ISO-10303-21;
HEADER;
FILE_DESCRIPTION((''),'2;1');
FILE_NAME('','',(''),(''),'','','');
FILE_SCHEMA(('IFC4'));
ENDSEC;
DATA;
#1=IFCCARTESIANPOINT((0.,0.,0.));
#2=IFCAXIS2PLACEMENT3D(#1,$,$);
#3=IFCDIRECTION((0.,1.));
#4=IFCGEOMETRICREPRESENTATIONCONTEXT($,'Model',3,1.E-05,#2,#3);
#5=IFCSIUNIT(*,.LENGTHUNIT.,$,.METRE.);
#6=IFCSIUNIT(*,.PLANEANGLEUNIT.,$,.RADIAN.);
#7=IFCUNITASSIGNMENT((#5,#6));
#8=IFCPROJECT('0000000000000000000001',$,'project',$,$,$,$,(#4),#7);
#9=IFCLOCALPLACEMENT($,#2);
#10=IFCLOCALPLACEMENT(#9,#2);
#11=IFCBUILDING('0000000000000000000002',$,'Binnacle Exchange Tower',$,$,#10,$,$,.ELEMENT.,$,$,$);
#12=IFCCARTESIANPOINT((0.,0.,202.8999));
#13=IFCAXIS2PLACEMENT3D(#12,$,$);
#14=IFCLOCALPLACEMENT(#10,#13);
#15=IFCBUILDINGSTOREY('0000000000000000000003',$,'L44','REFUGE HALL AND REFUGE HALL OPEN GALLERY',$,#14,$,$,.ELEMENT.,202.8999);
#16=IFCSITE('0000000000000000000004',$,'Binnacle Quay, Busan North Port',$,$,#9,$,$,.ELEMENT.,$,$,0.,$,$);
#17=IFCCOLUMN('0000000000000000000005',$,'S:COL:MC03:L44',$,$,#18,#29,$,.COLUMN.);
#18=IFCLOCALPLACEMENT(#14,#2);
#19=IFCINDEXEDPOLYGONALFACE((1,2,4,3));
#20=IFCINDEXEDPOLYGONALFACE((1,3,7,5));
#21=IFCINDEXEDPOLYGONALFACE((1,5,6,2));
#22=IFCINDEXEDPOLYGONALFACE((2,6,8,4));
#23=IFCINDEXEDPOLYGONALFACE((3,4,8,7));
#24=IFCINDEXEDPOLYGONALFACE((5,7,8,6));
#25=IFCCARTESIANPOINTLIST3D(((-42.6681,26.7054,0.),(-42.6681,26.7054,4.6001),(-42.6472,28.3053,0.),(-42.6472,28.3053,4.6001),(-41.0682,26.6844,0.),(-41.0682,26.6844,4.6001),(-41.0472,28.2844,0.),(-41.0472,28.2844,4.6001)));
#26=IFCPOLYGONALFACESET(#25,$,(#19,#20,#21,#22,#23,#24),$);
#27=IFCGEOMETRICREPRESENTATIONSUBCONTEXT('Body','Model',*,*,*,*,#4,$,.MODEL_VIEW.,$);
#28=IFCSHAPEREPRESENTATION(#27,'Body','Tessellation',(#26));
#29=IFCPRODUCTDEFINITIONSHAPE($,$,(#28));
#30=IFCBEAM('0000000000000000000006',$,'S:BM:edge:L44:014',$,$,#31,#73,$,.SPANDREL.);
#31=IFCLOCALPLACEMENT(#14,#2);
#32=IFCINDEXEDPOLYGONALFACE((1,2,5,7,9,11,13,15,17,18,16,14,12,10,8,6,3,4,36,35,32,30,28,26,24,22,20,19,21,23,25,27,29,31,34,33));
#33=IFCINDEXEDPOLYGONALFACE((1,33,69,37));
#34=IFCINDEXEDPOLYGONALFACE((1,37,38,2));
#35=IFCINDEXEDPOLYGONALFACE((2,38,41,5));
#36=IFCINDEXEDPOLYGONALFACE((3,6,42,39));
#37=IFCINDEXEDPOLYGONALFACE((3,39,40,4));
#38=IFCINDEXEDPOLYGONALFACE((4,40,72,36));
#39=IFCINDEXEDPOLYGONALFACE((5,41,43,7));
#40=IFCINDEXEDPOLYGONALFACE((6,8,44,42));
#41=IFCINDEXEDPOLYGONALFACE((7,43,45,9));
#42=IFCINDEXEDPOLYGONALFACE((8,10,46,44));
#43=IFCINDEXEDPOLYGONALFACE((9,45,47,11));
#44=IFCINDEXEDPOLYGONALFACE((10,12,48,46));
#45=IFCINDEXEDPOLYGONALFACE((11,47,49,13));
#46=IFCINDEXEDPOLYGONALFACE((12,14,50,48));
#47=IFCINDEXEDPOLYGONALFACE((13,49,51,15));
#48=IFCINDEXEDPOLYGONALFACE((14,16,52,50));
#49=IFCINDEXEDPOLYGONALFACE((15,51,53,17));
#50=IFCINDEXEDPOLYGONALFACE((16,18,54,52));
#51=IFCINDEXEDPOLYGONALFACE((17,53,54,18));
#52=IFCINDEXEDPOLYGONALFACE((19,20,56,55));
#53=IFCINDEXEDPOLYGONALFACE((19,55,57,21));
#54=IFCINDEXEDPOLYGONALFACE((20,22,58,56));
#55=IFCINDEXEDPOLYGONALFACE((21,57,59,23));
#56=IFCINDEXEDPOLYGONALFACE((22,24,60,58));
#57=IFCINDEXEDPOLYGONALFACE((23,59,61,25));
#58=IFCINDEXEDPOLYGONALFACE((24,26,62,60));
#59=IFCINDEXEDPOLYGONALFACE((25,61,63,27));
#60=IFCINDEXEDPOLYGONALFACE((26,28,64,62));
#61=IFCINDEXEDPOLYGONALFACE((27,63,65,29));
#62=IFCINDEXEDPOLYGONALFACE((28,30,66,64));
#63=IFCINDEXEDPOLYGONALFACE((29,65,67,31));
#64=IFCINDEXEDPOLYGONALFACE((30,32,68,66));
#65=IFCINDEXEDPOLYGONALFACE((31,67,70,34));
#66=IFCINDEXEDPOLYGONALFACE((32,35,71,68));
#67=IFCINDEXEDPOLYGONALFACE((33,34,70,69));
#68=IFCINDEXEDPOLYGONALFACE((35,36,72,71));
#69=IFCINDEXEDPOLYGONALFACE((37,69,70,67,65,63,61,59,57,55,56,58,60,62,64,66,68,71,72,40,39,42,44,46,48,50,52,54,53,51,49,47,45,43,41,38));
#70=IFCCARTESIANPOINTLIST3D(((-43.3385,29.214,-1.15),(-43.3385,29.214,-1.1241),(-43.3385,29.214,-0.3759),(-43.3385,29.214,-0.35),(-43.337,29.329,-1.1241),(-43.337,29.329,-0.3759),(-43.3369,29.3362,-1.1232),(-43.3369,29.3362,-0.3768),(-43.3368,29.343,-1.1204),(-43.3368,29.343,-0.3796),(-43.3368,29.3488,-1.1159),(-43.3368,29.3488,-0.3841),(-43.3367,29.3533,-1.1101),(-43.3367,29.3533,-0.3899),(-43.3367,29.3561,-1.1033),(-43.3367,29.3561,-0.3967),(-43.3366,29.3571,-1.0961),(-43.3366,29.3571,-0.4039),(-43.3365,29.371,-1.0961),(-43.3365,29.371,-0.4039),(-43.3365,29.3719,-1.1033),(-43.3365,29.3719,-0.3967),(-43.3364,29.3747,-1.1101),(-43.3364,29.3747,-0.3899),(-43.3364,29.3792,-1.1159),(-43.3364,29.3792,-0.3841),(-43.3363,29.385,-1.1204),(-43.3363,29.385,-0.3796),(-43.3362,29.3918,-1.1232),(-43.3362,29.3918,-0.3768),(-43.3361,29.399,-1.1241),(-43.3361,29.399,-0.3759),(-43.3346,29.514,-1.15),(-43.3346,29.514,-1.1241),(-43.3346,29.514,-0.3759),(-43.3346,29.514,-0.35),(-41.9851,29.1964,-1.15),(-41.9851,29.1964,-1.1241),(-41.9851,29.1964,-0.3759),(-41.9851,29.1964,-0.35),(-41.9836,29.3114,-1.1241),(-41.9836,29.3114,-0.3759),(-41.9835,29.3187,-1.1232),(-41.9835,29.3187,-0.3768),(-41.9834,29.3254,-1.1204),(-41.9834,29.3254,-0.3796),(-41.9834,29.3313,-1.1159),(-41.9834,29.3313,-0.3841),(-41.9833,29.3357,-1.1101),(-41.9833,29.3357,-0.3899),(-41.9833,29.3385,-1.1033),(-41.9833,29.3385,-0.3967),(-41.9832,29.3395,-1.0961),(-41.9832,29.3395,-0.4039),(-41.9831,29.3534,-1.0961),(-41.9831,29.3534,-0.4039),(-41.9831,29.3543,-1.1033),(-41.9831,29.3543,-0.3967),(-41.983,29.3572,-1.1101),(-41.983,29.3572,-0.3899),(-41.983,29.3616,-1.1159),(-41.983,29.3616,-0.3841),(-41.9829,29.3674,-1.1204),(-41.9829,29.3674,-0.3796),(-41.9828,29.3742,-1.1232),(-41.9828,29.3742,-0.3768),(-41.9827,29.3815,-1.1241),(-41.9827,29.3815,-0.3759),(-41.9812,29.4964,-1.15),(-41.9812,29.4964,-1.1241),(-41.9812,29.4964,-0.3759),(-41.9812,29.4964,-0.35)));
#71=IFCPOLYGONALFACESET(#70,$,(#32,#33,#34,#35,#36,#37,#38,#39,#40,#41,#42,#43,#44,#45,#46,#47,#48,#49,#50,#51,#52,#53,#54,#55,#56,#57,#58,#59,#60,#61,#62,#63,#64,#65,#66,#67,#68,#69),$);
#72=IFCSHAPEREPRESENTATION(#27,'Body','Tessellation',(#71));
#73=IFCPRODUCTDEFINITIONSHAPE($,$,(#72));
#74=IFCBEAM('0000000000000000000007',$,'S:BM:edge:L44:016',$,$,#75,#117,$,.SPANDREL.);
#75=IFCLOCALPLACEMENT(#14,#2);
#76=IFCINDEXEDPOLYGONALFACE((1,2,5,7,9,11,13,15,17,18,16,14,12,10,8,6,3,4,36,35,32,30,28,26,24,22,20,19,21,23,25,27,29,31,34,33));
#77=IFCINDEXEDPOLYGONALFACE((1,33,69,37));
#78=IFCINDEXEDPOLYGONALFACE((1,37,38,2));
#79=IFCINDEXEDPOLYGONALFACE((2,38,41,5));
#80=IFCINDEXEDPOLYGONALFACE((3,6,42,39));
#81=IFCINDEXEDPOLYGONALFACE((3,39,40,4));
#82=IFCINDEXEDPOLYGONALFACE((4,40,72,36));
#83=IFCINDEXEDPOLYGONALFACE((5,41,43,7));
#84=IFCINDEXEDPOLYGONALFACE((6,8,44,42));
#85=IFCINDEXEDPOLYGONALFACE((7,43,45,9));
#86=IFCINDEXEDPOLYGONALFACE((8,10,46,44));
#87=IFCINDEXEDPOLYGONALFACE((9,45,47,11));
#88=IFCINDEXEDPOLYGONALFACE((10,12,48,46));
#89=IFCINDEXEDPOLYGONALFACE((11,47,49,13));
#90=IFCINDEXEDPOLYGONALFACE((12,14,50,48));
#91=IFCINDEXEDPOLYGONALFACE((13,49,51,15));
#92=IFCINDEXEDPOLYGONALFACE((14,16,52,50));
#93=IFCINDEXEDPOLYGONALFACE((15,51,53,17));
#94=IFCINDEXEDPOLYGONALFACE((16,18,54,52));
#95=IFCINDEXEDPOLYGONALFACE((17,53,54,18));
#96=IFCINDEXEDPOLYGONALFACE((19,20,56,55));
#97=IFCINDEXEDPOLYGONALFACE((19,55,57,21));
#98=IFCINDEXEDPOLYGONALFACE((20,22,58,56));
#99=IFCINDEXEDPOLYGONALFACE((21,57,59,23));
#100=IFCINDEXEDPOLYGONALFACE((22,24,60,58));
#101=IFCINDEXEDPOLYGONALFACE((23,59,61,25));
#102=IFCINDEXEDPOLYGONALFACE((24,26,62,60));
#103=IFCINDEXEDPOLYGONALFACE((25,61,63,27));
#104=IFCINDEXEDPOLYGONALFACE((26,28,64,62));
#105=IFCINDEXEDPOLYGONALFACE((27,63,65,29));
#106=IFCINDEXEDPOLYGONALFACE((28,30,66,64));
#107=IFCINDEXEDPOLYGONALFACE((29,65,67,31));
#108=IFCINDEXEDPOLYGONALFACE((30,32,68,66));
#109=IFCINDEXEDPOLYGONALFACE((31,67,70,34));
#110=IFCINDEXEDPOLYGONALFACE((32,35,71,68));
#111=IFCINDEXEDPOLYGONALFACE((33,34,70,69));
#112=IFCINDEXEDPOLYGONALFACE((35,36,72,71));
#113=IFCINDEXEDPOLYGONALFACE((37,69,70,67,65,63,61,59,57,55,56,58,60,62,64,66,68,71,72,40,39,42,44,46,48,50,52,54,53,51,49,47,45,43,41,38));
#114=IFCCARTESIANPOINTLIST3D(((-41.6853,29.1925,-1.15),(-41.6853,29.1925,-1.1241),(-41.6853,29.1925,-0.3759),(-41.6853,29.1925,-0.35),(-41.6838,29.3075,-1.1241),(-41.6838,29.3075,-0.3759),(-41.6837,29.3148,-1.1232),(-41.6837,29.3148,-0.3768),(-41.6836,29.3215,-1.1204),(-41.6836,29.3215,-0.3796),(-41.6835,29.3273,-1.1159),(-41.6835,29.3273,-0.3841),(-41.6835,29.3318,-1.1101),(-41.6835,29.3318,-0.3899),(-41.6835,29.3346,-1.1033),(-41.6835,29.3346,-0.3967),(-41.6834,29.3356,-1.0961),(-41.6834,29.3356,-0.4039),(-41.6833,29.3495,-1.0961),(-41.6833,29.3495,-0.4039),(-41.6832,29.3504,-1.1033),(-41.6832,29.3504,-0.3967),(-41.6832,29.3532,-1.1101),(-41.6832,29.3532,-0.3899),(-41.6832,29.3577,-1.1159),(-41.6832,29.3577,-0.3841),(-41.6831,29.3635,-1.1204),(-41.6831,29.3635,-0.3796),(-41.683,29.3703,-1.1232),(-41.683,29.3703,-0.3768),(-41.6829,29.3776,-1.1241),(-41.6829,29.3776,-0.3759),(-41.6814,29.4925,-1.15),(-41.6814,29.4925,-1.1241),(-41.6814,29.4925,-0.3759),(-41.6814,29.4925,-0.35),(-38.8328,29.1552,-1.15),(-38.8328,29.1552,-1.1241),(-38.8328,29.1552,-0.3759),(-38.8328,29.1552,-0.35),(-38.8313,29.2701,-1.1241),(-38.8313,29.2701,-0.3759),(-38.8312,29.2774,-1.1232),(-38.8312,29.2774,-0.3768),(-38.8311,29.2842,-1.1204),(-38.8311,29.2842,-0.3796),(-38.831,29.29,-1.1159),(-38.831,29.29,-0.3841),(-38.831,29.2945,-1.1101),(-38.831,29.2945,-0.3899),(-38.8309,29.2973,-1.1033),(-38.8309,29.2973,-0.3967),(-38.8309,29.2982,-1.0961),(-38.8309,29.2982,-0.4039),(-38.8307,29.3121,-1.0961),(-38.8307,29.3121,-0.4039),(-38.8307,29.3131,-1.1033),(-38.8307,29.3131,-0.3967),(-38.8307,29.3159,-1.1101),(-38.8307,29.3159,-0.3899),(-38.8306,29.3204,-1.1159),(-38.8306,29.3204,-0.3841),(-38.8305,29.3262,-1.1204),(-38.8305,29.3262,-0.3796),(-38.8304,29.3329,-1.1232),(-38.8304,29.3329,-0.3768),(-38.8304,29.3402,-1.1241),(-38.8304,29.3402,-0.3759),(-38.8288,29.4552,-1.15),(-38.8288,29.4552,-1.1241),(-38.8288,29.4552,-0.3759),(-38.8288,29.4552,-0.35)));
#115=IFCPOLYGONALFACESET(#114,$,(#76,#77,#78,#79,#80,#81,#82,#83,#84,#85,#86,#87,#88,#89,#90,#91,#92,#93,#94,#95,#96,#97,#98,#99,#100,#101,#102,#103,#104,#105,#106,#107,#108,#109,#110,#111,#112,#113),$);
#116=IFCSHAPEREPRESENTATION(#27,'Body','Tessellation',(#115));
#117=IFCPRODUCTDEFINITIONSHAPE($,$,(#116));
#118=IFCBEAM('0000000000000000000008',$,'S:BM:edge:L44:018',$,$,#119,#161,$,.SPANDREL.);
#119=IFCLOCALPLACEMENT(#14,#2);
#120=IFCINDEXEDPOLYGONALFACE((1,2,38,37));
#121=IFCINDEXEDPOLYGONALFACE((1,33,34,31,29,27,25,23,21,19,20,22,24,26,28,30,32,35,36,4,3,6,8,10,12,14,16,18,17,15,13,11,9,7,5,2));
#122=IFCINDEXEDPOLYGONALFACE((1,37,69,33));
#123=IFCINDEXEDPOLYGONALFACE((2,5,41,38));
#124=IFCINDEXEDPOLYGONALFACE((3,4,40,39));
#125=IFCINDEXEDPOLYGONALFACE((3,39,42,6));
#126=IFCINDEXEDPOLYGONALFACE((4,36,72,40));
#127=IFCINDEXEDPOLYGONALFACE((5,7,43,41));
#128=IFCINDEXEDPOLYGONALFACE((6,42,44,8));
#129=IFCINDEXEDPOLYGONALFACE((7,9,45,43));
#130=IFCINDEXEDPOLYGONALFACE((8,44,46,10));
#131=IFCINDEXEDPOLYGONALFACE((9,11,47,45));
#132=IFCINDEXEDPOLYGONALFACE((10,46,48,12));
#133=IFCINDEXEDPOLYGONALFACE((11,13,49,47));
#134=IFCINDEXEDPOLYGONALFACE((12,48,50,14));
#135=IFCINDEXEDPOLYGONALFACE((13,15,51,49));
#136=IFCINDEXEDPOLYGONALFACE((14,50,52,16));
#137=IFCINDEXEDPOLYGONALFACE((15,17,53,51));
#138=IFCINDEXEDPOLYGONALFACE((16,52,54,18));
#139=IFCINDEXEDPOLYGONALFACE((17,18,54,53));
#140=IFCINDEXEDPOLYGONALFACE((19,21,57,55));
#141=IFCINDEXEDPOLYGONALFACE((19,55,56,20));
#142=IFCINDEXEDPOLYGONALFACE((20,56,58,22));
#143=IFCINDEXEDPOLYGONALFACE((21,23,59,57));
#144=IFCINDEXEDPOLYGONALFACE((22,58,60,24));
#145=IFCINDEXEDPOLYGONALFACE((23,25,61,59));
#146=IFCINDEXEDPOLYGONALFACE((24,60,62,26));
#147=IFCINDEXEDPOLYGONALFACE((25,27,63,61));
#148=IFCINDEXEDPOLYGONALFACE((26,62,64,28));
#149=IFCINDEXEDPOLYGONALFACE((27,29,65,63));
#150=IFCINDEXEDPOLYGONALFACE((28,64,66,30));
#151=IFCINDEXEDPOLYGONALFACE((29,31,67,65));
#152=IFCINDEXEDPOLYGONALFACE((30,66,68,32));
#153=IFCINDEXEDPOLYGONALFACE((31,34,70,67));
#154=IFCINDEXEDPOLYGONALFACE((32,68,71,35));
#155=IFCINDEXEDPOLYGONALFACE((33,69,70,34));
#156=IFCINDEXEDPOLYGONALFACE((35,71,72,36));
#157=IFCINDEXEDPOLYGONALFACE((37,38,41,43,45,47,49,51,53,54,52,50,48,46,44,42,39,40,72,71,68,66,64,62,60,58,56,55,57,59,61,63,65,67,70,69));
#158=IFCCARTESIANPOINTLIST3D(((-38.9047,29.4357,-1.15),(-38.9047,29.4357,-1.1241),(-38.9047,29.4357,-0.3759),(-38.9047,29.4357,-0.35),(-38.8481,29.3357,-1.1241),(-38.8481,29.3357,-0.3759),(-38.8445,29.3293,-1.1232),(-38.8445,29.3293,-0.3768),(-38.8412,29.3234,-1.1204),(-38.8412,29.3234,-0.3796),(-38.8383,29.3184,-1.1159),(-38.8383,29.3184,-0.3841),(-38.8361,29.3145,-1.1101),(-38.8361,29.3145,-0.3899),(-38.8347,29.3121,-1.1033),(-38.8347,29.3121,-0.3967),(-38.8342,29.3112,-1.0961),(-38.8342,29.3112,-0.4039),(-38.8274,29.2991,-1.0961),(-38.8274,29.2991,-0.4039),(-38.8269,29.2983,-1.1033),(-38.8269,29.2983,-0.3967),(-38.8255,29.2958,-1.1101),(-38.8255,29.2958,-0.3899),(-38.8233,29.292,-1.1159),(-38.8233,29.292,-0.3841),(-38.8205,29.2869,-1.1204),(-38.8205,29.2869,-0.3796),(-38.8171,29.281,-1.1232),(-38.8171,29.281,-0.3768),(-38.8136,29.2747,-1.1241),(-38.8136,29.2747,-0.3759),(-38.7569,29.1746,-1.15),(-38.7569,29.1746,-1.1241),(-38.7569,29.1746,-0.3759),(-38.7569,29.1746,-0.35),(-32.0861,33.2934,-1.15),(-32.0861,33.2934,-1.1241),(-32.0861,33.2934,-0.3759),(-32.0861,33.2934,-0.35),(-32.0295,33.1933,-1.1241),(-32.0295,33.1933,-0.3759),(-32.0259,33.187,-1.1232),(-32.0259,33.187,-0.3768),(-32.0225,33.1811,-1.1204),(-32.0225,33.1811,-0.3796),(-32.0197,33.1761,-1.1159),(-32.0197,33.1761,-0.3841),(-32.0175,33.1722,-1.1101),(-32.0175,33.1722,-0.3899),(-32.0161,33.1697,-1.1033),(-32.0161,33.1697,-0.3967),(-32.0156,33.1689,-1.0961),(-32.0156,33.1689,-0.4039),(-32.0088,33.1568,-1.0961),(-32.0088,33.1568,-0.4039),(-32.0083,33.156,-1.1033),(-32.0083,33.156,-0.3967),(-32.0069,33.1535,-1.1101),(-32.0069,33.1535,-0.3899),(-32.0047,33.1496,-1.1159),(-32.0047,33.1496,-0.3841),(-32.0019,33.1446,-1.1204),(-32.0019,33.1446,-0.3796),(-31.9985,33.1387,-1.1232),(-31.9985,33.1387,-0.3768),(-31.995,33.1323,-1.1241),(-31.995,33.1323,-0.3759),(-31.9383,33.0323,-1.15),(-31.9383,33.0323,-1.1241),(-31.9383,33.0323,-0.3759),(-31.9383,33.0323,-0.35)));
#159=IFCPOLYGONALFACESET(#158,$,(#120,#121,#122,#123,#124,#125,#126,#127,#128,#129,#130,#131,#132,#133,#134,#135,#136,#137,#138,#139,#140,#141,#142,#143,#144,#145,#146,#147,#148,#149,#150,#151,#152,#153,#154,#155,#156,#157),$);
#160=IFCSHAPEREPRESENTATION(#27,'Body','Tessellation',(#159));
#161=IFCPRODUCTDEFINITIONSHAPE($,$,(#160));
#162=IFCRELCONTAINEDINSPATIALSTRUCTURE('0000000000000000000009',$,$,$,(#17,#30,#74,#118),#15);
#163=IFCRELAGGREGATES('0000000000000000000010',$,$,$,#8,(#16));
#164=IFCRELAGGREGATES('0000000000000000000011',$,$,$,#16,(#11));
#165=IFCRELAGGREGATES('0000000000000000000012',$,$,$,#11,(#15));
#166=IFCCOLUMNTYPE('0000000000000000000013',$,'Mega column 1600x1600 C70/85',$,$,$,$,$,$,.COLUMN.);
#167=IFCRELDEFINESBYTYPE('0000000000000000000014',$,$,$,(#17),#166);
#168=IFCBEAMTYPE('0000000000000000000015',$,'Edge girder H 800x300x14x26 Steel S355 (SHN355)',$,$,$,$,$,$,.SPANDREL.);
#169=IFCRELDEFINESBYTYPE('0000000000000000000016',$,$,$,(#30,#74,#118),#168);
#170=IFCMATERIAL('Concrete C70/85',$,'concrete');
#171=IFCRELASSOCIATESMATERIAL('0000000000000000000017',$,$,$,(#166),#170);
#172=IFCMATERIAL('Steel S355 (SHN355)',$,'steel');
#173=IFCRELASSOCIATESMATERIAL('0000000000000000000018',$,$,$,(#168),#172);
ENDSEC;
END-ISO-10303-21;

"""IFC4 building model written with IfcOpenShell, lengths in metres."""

from ifc_helpers import new_model, si_unit, direction, frame, origin, origin_2d, place, context, subcontext, project, spatial, rectangle, i_section, extrude, material, material_profile, profile_set, type_object, element, save


model = new_model("IFC4")

# Units and contexts
model_context = context("Model", 3, precision=1e-05, world=origin(), true_north=direction((0.0, 1.0)))
body_context = subcontext(model_context, "Body", "Model", "MODEL_VIEW")
ifc_project = project(units=[si_unit("LENGTHUNIT", "METRE"), si_unit("PLANEANGLEUNIT", "RADIAN")], contexts=[model_context])

# Site, building, storey
site_placement = place(None, origin())
site = spatial("IfcSite", under=ifc_project, at=site_placement, Name="Binnacle Quay, Busan North Port", CompositionType="ELEMENT", RefElevation=0.0)
building_placement = place(site_placement, origin())
building = spatial("IfcBuilding", under=site, at=building_placement, Name="Binnacle Exchange Tower", CompositionType="ELEMENT")
storey_placement = place(building_placement, frame((0.0, 0.0, 202.8999)))
storey = spatial("IfcBuildingStorey", under=building, at=storey_placement, Name="L44", Description="REFUGE HALL AND REFUGE HALL OPEN GALLERY", CompositionType="ELEMENT", Elevation=202.8999)

# Column
ifc_material_1 = material(Name="Concrete C70/85", Category="concrete")
ifc_material_profile_1 = material_profile(ifc_material_1, rectangle(XDim=1.6001, YDim=1.6001, at=origin_2d()), Name="Mega column 1600x1600 C70/85")
ifc_profile_set_1 = profile_set([ifc_material_profile_1], Name="Concrete C70/85")
column_type = type_object("IfcColumnType", Name="Mega column 1600x1600 C70/85", PredefinedType="COLUMN", material=ifc_profile_set_1)
column_placement = place(storey_placement, frame((-41.8577, 27.4949, 0.0), z_axis=(0.0, 0.0, 1.0), x_axis=(0.999914, -0.01309, 0.0)))
element("IfcColumn", 1, at=column_placement, inside=storey, type_object=column_type, Name="S:COL:MC03:L44", PredefinedType="COLUMN", context=body_context, shape_type="SweptSolid", body=[
    extrude(rectangle(XDim=1.6001, YDim=1.6001, at=origin_2d()), origin(), (0.0, 0.0, 1.0), 4.6001),
])

# Beams
ifc_material_2 = material(Name="Steel S355 (SHN355)", Category="steel")
ifc_material_profile_2 = material_profile(ifc_material_2, i_section(OverallWidth=0.3, OverallDepth=0.8, WebThickness=0.0139, FlangeThickness=0.0259, FilletRadius=0.0281, at=origin_2d()), Name="H 800x300x14x26")
ifc_profile_set_2 = profile_set([ifc_material_profile_2], Name="Steel S355 (SHN355)")
beam_type_1 = type_object("IfcBeamType", Name="Edge girder H 800x300x14x26 Steel S355 (SHN355)", PredefinedType="SPANDREL", material=ifc_profile_set_2)
beam_1_placement = place(storey_placement, frame((-41.9832, 29.3464, -0.75), z_axis=(-0.999916, 0.012986, 0.0), x_axis=(-0.012986, -0.999916, 0.0)))
element("IfcBeam", 2, at=beam_1_placement, inside=storey, type_object=beam_type_1, Name="S:BM:edge:L44:014", PredefinedType="SPANDREL", context=body_context, shape_type="SweptSolid", body=[
    extrude(i_section(OverallWidth=0.3, OverallDepth=0.8, WebThickness=0.0139, FlangeThickness=0.0259, FilletRadius=0.0281, at=origin_2d()), origin(), (0.0, 0.0, 1.0), 1.3535),
])
beam_2_placement = place(storey_placement, frame((-38.8308, 29.3052, -0.75), z_axis=(-0.999914, 0.013094, 0.0), x_axis=(-0.013094, -0.999914, 0.0)))
element("IfcBeam", 3, at=beam_2_placement, inside=storey, type_object=beam_type_1, Name="S:BM:edge:L44:016", PredefinedType="SPANDREL", context=body_context, shape_type="SweptSolid", body=[
    extrude(i_section(OverallWidth=0.3, OverallDepth=0.8, WebThickness=0.0139, FlangeThickness=0.0259, FilletRadius=0.0281, at=origin_2d()), origin(), (0.0, 0.0, 1.0), 2.8528),
])
beam_3_placement = place(storey_placement, frame((-32.0122, 33.1628, -0.75), z_axis=(-0.870362, -0.492413, 0.0), x_axis=(0.492413, -0.870362, 0.0)))
element("IfcBeam", 4, at=beam_3_placement, inside=storey, type_object=beam_type_1, Name="S:BM:edge:L44:018", PredefinedType="SPANDREL", context=body_context, shape_type="SweptSolid", body=[
    extrude(i_section(OverallWidth=0.3, OverallDepth=0.8, WebThickness=0.0139, FlangeThickness=0.0259, FilletRadius=0.0281, at=origin_2d()), origin(), (0.0, 0.0, 1.0), 7.8342),
])

save(model, "model.ifc")
